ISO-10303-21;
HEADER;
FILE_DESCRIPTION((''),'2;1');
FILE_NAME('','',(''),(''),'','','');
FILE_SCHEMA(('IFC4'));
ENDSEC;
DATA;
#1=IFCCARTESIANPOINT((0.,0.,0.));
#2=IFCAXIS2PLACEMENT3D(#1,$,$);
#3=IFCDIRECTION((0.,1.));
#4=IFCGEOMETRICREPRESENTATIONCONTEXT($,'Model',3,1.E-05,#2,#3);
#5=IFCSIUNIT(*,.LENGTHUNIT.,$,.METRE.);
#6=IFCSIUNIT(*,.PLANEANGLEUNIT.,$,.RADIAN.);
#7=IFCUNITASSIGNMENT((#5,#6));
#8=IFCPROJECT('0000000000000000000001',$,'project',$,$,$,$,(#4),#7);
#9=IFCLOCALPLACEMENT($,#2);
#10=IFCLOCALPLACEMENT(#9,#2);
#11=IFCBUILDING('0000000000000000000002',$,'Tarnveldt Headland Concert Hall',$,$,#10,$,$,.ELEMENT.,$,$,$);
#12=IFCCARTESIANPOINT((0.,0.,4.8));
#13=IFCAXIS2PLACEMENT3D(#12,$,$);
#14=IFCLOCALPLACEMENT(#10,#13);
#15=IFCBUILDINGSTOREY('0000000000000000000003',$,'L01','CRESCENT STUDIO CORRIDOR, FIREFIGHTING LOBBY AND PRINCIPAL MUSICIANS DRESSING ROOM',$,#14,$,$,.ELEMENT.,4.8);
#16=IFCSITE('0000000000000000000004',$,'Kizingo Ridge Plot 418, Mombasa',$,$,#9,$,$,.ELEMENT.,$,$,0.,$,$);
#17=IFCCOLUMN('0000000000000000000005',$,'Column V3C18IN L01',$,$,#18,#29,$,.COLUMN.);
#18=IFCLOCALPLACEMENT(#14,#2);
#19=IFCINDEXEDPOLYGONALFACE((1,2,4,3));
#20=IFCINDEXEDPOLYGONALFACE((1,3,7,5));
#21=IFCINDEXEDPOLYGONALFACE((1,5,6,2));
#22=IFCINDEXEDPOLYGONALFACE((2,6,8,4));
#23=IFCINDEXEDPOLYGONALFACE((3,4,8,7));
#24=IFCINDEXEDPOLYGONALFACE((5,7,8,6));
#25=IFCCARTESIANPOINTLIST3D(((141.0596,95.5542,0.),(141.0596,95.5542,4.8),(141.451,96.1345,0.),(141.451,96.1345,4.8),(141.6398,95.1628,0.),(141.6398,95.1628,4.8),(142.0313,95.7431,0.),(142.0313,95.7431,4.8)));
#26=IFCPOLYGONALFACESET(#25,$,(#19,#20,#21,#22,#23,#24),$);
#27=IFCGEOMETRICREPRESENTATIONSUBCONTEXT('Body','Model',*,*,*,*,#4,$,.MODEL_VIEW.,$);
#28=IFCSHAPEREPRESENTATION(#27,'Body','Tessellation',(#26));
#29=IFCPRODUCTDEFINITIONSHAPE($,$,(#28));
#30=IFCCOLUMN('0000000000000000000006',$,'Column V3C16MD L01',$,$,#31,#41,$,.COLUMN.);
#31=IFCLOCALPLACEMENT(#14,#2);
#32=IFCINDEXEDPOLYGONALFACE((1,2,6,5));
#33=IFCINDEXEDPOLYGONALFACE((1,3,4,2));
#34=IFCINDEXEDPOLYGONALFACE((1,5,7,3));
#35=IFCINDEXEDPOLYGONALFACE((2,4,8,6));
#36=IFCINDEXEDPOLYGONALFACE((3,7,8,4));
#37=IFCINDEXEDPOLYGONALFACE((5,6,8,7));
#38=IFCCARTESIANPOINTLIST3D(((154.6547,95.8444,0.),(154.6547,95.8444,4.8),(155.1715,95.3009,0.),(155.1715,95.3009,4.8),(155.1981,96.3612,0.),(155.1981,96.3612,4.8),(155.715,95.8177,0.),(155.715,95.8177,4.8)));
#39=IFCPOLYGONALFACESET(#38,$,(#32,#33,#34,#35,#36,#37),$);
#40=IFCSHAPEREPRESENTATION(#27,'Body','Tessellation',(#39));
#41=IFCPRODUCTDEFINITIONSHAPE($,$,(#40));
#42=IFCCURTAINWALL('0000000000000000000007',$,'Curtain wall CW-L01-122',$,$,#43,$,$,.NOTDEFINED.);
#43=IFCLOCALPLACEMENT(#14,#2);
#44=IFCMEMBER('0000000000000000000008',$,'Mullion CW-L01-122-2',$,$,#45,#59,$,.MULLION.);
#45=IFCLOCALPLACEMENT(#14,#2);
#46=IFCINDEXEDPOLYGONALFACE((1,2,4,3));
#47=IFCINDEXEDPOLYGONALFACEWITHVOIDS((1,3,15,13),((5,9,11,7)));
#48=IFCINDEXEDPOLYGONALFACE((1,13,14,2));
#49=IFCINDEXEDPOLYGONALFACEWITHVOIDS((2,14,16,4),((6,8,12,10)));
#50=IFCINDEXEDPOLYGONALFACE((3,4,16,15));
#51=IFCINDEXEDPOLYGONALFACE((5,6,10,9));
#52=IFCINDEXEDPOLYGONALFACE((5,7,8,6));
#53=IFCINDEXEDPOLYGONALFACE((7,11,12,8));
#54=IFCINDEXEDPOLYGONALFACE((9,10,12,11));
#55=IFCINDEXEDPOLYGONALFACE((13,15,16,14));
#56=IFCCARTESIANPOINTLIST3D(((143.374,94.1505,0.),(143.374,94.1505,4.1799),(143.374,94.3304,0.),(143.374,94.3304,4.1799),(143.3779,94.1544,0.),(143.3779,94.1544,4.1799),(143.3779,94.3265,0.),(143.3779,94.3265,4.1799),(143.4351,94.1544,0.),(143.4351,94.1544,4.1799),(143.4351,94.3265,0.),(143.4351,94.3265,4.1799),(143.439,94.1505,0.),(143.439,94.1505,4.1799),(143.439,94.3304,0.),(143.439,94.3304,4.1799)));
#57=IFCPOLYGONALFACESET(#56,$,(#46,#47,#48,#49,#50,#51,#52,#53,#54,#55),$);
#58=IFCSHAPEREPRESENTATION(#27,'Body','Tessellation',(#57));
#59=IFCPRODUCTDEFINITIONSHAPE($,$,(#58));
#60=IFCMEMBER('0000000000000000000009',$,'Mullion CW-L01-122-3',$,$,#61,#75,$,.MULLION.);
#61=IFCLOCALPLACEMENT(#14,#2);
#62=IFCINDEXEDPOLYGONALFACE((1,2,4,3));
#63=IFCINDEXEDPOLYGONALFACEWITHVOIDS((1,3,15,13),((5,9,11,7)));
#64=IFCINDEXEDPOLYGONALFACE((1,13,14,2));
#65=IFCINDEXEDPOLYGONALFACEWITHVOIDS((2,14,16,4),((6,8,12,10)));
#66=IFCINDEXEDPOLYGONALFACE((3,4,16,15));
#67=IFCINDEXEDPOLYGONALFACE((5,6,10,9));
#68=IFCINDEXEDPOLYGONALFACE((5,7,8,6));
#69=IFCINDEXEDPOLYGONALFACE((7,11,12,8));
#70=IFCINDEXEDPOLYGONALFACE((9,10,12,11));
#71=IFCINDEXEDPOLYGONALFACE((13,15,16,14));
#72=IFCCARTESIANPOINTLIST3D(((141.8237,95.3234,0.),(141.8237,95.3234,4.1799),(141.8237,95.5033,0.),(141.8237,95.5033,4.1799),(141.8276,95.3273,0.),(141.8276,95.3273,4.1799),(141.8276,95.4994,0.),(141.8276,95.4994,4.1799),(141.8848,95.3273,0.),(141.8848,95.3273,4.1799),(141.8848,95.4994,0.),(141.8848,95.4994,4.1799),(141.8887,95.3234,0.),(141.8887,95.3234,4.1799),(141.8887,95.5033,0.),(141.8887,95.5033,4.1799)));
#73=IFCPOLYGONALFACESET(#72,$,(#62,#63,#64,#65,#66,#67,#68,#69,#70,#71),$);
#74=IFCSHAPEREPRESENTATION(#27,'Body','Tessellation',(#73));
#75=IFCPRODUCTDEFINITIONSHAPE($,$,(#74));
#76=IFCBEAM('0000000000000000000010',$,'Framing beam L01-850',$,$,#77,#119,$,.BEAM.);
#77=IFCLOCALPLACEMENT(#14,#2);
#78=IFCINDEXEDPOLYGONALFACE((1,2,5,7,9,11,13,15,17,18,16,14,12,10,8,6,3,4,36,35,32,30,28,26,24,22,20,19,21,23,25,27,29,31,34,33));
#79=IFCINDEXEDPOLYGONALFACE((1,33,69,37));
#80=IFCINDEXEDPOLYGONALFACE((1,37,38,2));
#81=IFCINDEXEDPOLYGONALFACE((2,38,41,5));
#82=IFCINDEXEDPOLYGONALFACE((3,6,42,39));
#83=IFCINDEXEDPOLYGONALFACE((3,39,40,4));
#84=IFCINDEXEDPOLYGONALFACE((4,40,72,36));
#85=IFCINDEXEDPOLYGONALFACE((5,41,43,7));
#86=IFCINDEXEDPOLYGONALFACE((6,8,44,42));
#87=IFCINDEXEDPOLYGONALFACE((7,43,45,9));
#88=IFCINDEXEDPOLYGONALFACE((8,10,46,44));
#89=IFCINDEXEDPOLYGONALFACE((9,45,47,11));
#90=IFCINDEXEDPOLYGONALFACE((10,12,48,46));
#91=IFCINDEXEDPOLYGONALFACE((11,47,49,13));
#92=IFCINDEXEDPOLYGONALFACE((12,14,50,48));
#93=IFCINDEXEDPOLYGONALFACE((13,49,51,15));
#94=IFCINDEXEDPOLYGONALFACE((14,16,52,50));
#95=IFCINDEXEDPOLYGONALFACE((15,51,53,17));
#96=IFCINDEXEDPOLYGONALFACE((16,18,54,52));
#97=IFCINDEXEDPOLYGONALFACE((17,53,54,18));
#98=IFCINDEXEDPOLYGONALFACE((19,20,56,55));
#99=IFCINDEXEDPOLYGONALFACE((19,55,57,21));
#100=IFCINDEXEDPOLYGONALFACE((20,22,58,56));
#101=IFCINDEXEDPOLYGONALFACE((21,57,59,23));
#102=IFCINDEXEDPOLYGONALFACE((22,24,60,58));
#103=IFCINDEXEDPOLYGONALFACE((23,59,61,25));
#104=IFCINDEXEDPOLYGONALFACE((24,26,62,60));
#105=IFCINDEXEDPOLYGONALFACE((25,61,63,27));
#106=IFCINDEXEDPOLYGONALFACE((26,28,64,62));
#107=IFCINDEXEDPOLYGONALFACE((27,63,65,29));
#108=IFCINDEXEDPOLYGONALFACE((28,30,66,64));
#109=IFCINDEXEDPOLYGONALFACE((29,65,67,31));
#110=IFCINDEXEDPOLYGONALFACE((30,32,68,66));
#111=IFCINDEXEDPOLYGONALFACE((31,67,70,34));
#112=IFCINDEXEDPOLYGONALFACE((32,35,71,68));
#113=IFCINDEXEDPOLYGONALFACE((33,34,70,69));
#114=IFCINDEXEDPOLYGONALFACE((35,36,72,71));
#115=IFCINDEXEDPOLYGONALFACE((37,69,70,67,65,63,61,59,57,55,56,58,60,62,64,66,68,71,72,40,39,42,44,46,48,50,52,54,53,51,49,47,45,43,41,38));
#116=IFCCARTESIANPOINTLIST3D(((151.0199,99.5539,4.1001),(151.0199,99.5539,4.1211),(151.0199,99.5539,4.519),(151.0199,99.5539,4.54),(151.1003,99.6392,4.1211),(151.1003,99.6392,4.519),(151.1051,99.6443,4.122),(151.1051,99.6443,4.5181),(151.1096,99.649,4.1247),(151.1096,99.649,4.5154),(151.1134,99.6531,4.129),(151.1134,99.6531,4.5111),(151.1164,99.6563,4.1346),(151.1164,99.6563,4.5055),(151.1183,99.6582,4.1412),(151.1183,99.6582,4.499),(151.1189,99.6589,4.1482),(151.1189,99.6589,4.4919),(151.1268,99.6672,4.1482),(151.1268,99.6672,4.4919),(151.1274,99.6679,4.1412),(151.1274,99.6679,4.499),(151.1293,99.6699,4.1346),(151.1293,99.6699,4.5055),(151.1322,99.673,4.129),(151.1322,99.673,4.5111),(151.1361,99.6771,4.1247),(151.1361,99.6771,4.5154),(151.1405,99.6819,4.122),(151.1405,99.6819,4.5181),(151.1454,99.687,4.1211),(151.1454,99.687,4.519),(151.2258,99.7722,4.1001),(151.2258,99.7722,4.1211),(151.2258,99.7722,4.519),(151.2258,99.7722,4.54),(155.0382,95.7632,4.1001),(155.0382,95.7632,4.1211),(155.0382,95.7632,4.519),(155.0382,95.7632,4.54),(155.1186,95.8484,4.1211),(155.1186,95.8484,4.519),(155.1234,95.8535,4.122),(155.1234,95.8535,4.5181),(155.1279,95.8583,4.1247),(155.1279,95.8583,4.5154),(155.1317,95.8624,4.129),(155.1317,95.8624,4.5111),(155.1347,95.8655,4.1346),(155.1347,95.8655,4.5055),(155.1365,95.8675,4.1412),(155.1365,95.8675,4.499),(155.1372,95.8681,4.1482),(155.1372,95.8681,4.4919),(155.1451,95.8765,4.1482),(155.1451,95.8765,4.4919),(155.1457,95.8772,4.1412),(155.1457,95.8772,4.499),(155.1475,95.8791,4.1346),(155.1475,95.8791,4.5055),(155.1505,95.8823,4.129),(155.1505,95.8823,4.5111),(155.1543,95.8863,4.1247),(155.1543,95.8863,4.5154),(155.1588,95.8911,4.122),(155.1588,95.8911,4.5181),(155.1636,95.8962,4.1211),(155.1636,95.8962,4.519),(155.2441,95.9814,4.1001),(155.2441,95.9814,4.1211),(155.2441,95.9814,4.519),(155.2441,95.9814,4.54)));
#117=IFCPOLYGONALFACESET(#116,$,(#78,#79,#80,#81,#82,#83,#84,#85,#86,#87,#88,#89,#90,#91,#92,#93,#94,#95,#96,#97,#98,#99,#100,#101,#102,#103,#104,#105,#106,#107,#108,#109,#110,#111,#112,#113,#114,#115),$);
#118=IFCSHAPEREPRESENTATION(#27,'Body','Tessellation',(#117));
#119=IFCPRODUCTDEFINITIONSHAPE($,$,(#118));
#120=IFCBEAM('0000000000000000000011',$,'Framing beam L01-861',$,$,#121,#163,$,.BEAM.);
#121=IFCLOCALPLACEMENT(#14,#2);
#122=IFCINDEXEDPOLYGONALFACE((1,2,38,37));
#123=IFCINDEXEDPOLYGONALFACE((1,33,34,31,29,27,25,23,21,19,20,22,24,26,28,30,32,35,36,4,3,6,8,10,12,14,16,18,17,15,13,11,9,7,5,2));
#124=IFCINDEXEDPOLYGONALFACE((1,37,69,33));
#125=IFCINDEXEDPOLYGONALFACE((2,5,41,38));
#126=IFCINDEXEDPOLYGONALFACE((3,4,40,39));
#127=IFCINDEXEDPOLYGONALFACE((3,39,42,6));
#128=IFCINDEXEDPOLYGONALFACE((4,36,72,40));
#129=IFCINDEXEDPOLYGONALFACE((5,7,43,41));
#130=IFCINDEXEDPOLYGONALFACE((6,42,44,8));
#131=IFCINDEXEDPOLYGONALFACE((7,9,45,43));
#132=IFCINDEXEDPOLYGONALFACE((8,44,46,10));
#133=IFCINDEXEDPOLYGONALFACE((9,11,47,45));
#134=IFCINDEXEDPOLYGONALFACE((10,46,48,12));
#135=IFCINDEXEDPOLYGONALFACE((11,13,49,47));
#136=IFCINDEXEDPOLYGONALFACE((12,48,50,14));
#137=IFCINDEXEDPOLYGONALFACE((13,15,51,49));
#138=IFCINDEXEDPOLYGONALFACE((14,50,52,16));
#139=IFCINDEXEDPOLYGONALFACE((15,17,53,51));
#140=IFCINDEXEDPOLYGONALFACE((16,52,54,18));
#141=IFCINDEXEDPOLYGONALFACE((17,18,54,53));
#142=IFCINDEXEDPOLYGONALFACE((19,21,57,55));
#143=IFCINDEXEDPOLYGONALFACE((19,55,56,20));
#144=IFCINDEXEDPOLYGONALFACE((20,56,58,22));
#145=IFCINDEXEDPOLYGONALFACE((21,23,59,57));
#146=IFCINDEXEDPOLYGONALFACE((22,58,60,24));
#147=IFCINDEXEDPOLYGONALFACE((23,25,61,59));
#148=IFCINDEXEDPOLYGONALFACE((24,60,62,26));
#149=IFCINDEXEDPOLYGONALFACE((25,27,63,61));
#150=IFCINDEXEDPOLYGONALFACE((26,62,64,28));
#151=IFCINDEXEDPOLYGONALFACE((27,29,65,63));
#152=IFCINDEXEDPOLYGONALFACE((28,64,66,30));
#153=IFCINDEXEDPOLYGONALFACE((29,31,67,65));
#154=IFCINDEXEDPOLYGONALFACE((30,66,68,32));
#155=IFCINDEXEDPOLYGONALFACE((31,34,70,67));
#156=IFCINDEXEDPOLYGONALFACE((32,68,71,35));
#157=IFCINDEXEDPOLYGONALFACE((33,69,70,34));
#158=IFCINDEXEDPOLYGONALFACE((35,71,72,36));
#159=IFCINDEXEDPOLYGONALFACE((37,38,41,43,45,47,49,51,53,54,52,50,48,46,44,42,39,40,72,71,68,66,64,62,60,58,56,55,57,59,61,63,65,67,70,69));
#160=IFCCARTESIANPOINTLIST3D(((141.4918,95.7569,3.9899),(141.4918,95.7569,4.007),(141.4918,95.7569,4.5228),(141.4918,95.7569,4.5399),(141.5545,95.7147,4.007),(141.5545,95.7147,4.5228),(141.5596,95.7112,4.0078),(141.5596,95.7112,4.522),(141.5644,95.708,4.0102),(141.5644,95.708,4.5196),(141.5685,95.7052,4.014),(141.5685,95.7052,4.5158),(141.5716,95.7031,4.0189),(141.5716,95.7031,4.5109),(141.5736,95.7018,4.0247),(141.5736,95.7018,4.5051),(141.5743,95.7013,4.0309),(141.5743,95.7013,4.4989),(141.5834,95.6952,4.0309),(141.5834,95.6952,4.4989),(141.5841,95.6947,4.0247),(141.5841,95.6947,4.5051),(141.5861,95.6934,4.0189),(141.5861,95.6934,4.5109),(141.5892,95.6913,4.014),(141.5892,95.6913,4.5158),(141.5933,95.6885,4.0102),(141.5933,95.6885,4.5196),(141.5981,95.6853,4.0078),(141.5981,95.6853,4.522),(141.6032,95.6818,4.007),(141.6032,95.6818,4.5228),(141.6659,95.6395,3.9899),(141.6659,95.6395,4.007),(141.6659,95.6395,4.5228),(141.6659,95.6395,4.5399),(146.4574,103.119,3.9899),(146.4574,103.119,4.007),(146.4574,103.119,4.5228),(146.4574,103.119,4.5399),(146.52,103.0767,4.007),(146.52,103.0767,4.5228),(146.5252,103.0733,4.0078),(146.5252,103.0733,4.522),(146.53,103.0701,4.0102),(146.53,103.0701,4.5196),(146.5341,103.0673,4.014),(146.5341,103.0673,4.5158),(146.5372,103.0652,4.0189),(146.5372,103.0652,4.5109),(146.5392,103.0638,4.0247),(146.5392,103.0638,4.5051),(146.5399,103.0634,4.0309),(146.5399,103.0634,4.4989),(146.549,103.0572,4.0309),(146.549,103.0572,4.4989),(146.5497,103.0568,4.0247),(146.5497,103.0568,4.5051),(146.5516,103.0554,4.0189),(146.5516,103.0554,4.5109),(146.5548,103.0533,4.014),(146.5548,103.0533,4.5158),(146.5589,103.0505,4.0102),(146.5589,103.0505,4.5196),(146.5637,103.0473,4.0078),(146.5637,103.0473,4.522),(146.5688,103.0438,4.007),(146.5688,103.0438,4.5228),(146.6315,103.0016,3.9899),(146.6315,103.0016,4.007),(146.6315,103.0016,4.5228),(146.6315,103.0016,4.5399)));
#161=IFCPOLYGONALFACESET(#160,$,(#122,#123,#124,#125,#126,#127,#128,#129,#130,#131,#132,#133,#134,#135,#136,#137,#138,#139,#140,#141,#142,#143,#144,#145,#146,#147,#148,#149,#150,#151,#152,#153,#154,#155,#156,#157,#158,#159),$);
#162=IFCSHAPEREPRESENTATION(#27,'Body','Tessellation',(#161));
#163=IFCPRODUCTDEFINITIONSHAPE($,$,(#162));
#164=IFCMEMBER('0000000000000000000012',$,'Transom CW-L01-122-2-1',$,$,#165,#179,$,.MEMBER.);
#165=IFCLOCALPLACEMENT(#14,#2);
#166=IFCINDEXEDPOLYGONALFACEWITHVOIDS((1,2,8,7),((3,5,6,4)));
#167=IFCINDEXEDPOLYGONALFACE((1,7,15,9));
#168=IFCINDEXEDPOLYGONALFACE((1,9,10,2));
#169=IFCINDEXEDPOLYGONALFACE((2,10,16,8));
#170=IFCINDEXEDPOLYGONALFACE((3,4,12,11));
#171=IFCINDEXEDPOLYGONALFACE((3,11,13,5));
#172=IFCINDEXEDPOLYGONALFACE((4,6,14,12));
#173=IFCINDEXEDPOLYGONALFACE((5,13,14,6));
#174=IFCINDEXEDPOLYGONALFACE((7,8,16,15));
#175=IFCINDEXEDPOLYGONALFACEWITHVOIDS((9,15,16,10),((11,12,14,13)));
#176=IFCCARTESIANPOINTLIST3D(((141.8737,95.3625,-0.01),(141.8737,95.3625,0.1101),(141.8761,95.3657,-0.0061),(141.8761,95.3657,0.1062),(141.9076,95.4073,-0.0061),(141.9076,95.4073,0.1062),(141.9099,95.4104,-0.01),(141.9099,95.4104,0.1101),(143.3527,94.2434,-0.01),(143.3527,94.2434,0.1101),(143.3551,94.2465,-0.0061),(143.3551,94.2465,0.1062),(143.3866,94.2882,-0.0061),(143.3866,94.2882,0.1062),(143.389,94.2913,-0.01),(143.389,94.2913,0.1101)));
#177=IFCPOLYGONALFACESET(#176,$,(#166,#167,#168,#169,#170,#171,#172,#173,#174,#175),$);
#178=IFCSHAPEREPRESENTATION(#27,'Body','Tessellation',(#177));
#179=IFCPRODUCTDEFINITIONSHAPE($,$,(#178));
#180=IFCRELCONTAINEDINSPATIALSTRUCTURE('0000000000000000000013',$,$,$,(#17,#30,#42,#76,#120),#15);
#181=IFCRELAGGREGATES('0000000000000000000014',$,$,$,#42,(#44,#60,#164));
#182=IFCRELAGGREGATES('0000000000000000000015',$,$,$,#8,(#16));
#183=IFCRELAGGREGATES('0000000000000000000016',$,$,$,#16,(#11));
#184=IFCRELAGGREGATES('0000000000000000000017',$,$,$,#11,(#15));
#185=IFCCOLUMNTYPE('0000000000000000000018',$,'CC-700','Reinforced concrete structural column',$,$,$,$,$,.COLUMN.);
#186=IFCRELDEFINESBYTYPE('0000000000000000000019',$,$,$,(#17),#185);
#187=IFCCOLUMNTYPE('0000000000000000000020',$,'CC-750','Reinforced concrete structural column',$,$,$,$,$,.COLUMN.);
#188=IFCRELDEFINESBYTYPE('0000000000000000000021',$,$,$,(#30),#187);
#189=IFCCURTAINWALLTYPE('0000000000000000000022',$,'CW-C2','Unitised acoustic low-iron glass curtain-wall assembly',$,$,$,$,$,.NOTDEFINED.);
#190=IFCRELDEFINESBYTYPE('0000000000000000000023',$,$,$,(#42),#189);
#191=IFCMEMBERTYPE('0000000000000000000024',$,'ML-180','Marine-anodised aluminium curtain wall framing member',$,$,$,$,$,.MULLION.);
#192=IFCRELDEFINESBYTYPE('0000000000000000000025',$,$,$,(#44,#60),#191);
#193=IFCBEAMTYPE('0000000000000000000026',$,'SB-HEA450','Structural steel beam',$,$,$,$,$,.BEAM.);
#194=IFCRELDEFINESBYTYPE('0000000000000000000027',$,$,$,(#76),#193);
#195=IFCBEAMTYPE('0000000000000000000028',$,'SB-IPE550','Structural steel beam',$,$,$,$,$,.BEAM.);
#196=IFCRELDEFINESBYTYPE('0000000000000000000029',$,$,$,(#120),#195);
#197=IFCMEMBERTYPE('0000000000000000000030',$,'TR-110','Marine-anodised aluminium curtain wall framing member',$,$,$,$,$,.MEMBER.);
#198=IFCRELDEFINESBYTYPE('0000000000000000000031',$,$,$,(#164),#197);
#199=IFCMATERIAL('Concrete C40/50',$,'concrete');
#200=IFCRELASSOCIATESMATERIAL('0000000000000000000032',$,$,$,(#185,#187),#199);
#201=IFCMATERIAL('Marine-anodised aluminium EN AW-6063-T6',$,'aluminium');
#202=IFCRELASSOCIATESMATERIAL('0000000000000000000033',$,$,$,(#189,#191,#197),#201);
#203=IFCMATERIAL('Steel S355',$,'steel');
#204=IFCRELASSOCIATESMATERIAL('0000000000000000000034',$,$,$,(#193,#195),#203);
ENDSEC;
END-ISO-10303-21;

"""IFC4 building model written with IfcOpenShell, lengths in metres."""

from ifc_helpers import new_model, si_unit, direction, frame, origin, origin_2d, place, context, subcontext, project, spatial, rectangle, hollow_rectangle, i_section, extrude, material, material_profile, profile_set, type_object, element, aggregate, save


model = new_model("IFC4")

# Units and contexts
model_context = context("Model", 3, precision=1e-05, world=origin(), true_north=direction((0.0, 1.0)))
body_context = subcontext(model_context, "Body", "Model", "MODEL_VIEW")
ifc_project = project(units=[si_unit("LENGTHUNIT", "METRE"), si_unit("PLANEANGLEUNIT", "RADIAN")], contexts=[model_context])

# Site, building, storey
site_placement = place(None, origin())
site = spatial("IfcSite", under=ifc_project, at=site_placement, Name="Kizingo Ridge Plot 418, Mombasa", CompositionType="ELEMENT", RefElevation=0.0)
building_placement = place(site_placement, origin())
building = spatial("IfcBuilding", under=site, at=building_placement, Name="Tarnveldt Headland Concert Hall", CompositionType="ELEMENT")
storey_placement = place(building_placement, frame((0.0, 0.0, 4.8)))
storey = spatial("IfcBuildingStorey", under=building, at=storey_placement, Name="L01", Description="CRESCENT STUDIO CORRIDOR, FIREFIGHTING LOBBY AND PRINCIPAL MUSICIANS DRESSING ROOM", CompositionType="ELEMENT", Elevation=4.8)

# Columns
ifc_material_1 = material(Name="Concrete C40/50", Category="concrete")
ifc_material_profile_1 = material_profile(ifc_material_1, rectangle(XDim=0.7, YDim=0.7, at=origin_2d()), Name="RC 700x700", Category="concrete")
ifc_profile_set_1 = profile_set([ifc_material_profile_1], Name="Concrete C40/50")
column_type_1 = type_object("IfcColumnType", Name="CC-700", Description="Reinforced concrete structural column", PredefinedType="COLUMN", material=ifc_profile_set_1)
column_1_placement = place(storey_placement, frame((141.5454, 95.6487, 0.0), z_axis=(0.0, 0.0, 1.0), x_axis=(0.559193, 0.829038, 0.0)))
element("IfcColumn", 1, at=column_1_placement, inside=storey, type_object=column_type_1, Name="Column V3C18IN L01", PredefinedType="COLUMN", context=body_context, shape_type="SweptSolid", body=[
    extrude(rectangle(XDim=0.7, YDim=0.7, at=origin_2d()), origin(), (0.0, 0.0, 1.0), 4.8),
])
ifc_material_profile_2 = material_profile(ifc_material_1, rectangle(XDim=0.75, YDim=0.75, at=origin_2d()), Name="RC 750x750", Category="concrete")
ifc_profile_set_2 = profile_set([ifc_material_profile_2], Name="Concrete C40/50")
column_type_2 = type_object("IfcColumnType", Name="CC-750", Description="Reinforced concrete structural column", PredefinedType="COLUMN", material=ifc_profile_set_2)
column_2_placement = place(storey_placement, frame((155.1848, 95.8311, 0.0), z_axis=(0.0, 0.0, 1.0), x_axis=(0.724653, 0.689114, 0.0)))
element("IfcColumn", 2, at=column_2_placement, inside=storey, type_object=column_type_2, Name="Column V3C16MD L01", PredefinedType="COLUMN", context=body_context, shape_type="SweptSolid", body=[
    extrude(rectangle(XDim=0.75, YDim=0.75, at=origin_2d()), origin(), (0.0, 0.0, 1.0), 4.8),
])

# Curtain wall, members
ifc_material_2 = material(Name="Marine-anodised aluminium EN AW-6063-T6", Category="aluminium")
curtain_wall_type = type_object("IfcCurtainWallType", Name="CW-C2", Description="Unitised acoustic low-iron glass curtain-wall assembly", PredefinedType="NOTDEFINED", material=ifc_material_2)
curtain_wall_placement = place(storey_placement, origin())
curtain_wall = element("IfcCurtainWall", 3, at=curtain_wall_placement, inside=storey, type_object=curtain_wall_type, Name="Curtain wall CW-L01-122", PredefinedType="NOTDEFINED")
ifc_material_profile_3 = material_profile(ifc_material_2, hollow_rectangle(XDim=0.0649, YDim=0.1799, WallThickness=0.0039, at=origin_2d()), Name="ALU MULLION 65x180x4", Category="aluminium")
ifc_profile_set_3 = profile_set([ifc_material_profile_3], Name="Marine-anodised aluminium EN AW-6063-T6")
member_type_1 = type_object("IfcMemberType", Name="ML-180", Description="Marine-anodised aluminium curtain wall framing member", PredefinedType="MULLION", material=ifc_profile_set_3)
member_1_placement = place(storey_placement, frame((143.4065, 94.2405, 0.0), z_axis=(0.0, 0.0, 1.0), x_axis=(1.0, 0.0, 0.0)))
member_1 = element("IfcMember", 4, at=member_1_placement, type_object=member_type_1, Name="Mullion CW-L01-122-2", PredefinedType="MULLION", context=body_context, shape_type="SweptSolid", body=[
    extrude(hollow_rectangle(XDim=0.0649, YDim=0.1799, WallThickness=0.0039, at=origin_2d()), origin(), (0.0, 0.0, 1.0), 4.1799),
])
member_2_placement = place(storey_placement, frame((141.8562, 95.4133, 0.0), z_axis=(0.0, 0.0, 1.0), x_axis=(1.0, 0.0, 0.0)))
member_2 = element("IfcMember", 5, at=member_2_placement, type_object=member_type_1, Name="Mullion CW-L01-122-3", PredefinedType="MULLION", context=body_context, shape_type="SweptSolid", body=[
    extrude(hollow_rectangle(XDim=0.0649, YDim=0.1799, WallThickness=0.0039, at=origin_2d()), origin(), (0.0, 0.0, 1.0), 4.1799),
])

# Beams
ifc_material_3 = material(Name="Steel S355", Category="steel")
ifc_material_profile_4 = material_profile(ifc_material_3, i_section(OverallWidth=0.3, OverallDepth=0.4399, WebThickness=0.0115, FlangeThickness=0.021, FilletRadius=0.0271, at=origin_2d()), Name="HEA450", Category="steel")
ifc_profile_set_4 = profile_set([ifc_material_profile_4], Name="Steel S355")
beam_type_1 = type_object("IfcBeamType", Name="SB-HEA450", Description="Structural steel beam", PredefinedType="BEAM", material=ifc_profile_set_4)
beam_1_placement = place(storey_placement, frame((155.1411, 95.8723, 4.3201), z_axis=(-0.727402, 0.686212, 0.0), x_axis=(-0.686212, -0.727402, 0.0)))
element("IfcBeam", 6, at=beam_1_placement, inside=storey, type_object=beam_type_1, Name="Framing beam L01-850", PredefinedType="BEAM", context=body_context, shape_type="SweptSolid", body=[
    extrude(i_section(OverallWidth=0.3, OverallDepth=0.4399, WebThickness=0.0115, FlangeThickness=0.021, FilletRadius=0.0271, at=origin_2d()), origin(), (0.0, 0.0, 1.0), 5.5242),
])
ifc_material_profile_5 = material_profile(ifc_material_3, i_section(OverallWidth=0.21, OverallDepth=0.55, WebThickness=0.011, FlangeThickness=0.0171, FilletRadius=0.0239, at=origin_2d()), Name="IPE550", Category="steel")
ifc_profile_set_5 = profile_set([ifc_material_profile_5], Name="Steel S355")
beam_type_2 = type_object("IfcBeamType", Name="SB-IPE550", Description="Structural steel beam", PredefinedType="BEAM", material=ifc_profile_set_5)
beam_2_placement = place(storey_placement, frame((141.5789, 95.6982, 4.2649), z_axis=(0.559178, 0.829048, 0.0), x_axis=(-0.829048, 0.559178, 0.0)))
element("IfcBeam", 7, at=beam_2_placement, inside=storey, type_object=beam_type_2, Name="Framing beam L01-861", PredefinedType="BEAM", context=body_context, shape_type="SweptSolid", body=[
    extrude(i_section(OverallWidth=0.21, OverallDepth=0.55, WebThickness=0.011, FlangeThickness=0.0171, FilletRadius=0.0239, at=origin_2d()), origin(), (0.0, 0.0, 1.0), 8.8801),
])

# Member
ifc_material_profile_6 = material_profile(ifc_material_2, hollow_rectangle(XDim=0.0601, YDim=0.1201, WallThickness=0.0039, at=origin_2d()), Name="ALU TRANSOM 60x120x4", Category="aluminium")
ifc_profile_set_6 = profile_set([ifc_material_profile_6], Name="Marine-anodised aluminium EN AW-6063-T6")
member_type_2 = type_object("IfcMemberType", Name="TR-110", Description="Marine-anodised aluminium curtain wall framing member", PredefinedType="MEMBER", material=ifc_profile_set_6)
member_3_placement = place(storey_placement, frame((143.3708, 94.2673, 0.05), z_axis=(-0.797434, 0.603406, 0.0), x_axis=(-0.603406, -0.797434, 0.0)))
member_3 = element("IfcMember", 8, at=member_3_placement, type_object=member_type_2, Name="Transom CW-L01-122-2-1", PredefinedType="MEMBER", context=body_context, shape_type="SweptSolid", body=[
    extrude(hollow_rectangle(XDim=0.0601, YDim=0.1201, WallThickness=0.0039, at=origin_2d()), origin(), (0.0, 0.0, 1.0), 1.8547),
])

aggregate(curtain_wall, [member_1, member_2, member_3])

save(model, "model.ifc")
